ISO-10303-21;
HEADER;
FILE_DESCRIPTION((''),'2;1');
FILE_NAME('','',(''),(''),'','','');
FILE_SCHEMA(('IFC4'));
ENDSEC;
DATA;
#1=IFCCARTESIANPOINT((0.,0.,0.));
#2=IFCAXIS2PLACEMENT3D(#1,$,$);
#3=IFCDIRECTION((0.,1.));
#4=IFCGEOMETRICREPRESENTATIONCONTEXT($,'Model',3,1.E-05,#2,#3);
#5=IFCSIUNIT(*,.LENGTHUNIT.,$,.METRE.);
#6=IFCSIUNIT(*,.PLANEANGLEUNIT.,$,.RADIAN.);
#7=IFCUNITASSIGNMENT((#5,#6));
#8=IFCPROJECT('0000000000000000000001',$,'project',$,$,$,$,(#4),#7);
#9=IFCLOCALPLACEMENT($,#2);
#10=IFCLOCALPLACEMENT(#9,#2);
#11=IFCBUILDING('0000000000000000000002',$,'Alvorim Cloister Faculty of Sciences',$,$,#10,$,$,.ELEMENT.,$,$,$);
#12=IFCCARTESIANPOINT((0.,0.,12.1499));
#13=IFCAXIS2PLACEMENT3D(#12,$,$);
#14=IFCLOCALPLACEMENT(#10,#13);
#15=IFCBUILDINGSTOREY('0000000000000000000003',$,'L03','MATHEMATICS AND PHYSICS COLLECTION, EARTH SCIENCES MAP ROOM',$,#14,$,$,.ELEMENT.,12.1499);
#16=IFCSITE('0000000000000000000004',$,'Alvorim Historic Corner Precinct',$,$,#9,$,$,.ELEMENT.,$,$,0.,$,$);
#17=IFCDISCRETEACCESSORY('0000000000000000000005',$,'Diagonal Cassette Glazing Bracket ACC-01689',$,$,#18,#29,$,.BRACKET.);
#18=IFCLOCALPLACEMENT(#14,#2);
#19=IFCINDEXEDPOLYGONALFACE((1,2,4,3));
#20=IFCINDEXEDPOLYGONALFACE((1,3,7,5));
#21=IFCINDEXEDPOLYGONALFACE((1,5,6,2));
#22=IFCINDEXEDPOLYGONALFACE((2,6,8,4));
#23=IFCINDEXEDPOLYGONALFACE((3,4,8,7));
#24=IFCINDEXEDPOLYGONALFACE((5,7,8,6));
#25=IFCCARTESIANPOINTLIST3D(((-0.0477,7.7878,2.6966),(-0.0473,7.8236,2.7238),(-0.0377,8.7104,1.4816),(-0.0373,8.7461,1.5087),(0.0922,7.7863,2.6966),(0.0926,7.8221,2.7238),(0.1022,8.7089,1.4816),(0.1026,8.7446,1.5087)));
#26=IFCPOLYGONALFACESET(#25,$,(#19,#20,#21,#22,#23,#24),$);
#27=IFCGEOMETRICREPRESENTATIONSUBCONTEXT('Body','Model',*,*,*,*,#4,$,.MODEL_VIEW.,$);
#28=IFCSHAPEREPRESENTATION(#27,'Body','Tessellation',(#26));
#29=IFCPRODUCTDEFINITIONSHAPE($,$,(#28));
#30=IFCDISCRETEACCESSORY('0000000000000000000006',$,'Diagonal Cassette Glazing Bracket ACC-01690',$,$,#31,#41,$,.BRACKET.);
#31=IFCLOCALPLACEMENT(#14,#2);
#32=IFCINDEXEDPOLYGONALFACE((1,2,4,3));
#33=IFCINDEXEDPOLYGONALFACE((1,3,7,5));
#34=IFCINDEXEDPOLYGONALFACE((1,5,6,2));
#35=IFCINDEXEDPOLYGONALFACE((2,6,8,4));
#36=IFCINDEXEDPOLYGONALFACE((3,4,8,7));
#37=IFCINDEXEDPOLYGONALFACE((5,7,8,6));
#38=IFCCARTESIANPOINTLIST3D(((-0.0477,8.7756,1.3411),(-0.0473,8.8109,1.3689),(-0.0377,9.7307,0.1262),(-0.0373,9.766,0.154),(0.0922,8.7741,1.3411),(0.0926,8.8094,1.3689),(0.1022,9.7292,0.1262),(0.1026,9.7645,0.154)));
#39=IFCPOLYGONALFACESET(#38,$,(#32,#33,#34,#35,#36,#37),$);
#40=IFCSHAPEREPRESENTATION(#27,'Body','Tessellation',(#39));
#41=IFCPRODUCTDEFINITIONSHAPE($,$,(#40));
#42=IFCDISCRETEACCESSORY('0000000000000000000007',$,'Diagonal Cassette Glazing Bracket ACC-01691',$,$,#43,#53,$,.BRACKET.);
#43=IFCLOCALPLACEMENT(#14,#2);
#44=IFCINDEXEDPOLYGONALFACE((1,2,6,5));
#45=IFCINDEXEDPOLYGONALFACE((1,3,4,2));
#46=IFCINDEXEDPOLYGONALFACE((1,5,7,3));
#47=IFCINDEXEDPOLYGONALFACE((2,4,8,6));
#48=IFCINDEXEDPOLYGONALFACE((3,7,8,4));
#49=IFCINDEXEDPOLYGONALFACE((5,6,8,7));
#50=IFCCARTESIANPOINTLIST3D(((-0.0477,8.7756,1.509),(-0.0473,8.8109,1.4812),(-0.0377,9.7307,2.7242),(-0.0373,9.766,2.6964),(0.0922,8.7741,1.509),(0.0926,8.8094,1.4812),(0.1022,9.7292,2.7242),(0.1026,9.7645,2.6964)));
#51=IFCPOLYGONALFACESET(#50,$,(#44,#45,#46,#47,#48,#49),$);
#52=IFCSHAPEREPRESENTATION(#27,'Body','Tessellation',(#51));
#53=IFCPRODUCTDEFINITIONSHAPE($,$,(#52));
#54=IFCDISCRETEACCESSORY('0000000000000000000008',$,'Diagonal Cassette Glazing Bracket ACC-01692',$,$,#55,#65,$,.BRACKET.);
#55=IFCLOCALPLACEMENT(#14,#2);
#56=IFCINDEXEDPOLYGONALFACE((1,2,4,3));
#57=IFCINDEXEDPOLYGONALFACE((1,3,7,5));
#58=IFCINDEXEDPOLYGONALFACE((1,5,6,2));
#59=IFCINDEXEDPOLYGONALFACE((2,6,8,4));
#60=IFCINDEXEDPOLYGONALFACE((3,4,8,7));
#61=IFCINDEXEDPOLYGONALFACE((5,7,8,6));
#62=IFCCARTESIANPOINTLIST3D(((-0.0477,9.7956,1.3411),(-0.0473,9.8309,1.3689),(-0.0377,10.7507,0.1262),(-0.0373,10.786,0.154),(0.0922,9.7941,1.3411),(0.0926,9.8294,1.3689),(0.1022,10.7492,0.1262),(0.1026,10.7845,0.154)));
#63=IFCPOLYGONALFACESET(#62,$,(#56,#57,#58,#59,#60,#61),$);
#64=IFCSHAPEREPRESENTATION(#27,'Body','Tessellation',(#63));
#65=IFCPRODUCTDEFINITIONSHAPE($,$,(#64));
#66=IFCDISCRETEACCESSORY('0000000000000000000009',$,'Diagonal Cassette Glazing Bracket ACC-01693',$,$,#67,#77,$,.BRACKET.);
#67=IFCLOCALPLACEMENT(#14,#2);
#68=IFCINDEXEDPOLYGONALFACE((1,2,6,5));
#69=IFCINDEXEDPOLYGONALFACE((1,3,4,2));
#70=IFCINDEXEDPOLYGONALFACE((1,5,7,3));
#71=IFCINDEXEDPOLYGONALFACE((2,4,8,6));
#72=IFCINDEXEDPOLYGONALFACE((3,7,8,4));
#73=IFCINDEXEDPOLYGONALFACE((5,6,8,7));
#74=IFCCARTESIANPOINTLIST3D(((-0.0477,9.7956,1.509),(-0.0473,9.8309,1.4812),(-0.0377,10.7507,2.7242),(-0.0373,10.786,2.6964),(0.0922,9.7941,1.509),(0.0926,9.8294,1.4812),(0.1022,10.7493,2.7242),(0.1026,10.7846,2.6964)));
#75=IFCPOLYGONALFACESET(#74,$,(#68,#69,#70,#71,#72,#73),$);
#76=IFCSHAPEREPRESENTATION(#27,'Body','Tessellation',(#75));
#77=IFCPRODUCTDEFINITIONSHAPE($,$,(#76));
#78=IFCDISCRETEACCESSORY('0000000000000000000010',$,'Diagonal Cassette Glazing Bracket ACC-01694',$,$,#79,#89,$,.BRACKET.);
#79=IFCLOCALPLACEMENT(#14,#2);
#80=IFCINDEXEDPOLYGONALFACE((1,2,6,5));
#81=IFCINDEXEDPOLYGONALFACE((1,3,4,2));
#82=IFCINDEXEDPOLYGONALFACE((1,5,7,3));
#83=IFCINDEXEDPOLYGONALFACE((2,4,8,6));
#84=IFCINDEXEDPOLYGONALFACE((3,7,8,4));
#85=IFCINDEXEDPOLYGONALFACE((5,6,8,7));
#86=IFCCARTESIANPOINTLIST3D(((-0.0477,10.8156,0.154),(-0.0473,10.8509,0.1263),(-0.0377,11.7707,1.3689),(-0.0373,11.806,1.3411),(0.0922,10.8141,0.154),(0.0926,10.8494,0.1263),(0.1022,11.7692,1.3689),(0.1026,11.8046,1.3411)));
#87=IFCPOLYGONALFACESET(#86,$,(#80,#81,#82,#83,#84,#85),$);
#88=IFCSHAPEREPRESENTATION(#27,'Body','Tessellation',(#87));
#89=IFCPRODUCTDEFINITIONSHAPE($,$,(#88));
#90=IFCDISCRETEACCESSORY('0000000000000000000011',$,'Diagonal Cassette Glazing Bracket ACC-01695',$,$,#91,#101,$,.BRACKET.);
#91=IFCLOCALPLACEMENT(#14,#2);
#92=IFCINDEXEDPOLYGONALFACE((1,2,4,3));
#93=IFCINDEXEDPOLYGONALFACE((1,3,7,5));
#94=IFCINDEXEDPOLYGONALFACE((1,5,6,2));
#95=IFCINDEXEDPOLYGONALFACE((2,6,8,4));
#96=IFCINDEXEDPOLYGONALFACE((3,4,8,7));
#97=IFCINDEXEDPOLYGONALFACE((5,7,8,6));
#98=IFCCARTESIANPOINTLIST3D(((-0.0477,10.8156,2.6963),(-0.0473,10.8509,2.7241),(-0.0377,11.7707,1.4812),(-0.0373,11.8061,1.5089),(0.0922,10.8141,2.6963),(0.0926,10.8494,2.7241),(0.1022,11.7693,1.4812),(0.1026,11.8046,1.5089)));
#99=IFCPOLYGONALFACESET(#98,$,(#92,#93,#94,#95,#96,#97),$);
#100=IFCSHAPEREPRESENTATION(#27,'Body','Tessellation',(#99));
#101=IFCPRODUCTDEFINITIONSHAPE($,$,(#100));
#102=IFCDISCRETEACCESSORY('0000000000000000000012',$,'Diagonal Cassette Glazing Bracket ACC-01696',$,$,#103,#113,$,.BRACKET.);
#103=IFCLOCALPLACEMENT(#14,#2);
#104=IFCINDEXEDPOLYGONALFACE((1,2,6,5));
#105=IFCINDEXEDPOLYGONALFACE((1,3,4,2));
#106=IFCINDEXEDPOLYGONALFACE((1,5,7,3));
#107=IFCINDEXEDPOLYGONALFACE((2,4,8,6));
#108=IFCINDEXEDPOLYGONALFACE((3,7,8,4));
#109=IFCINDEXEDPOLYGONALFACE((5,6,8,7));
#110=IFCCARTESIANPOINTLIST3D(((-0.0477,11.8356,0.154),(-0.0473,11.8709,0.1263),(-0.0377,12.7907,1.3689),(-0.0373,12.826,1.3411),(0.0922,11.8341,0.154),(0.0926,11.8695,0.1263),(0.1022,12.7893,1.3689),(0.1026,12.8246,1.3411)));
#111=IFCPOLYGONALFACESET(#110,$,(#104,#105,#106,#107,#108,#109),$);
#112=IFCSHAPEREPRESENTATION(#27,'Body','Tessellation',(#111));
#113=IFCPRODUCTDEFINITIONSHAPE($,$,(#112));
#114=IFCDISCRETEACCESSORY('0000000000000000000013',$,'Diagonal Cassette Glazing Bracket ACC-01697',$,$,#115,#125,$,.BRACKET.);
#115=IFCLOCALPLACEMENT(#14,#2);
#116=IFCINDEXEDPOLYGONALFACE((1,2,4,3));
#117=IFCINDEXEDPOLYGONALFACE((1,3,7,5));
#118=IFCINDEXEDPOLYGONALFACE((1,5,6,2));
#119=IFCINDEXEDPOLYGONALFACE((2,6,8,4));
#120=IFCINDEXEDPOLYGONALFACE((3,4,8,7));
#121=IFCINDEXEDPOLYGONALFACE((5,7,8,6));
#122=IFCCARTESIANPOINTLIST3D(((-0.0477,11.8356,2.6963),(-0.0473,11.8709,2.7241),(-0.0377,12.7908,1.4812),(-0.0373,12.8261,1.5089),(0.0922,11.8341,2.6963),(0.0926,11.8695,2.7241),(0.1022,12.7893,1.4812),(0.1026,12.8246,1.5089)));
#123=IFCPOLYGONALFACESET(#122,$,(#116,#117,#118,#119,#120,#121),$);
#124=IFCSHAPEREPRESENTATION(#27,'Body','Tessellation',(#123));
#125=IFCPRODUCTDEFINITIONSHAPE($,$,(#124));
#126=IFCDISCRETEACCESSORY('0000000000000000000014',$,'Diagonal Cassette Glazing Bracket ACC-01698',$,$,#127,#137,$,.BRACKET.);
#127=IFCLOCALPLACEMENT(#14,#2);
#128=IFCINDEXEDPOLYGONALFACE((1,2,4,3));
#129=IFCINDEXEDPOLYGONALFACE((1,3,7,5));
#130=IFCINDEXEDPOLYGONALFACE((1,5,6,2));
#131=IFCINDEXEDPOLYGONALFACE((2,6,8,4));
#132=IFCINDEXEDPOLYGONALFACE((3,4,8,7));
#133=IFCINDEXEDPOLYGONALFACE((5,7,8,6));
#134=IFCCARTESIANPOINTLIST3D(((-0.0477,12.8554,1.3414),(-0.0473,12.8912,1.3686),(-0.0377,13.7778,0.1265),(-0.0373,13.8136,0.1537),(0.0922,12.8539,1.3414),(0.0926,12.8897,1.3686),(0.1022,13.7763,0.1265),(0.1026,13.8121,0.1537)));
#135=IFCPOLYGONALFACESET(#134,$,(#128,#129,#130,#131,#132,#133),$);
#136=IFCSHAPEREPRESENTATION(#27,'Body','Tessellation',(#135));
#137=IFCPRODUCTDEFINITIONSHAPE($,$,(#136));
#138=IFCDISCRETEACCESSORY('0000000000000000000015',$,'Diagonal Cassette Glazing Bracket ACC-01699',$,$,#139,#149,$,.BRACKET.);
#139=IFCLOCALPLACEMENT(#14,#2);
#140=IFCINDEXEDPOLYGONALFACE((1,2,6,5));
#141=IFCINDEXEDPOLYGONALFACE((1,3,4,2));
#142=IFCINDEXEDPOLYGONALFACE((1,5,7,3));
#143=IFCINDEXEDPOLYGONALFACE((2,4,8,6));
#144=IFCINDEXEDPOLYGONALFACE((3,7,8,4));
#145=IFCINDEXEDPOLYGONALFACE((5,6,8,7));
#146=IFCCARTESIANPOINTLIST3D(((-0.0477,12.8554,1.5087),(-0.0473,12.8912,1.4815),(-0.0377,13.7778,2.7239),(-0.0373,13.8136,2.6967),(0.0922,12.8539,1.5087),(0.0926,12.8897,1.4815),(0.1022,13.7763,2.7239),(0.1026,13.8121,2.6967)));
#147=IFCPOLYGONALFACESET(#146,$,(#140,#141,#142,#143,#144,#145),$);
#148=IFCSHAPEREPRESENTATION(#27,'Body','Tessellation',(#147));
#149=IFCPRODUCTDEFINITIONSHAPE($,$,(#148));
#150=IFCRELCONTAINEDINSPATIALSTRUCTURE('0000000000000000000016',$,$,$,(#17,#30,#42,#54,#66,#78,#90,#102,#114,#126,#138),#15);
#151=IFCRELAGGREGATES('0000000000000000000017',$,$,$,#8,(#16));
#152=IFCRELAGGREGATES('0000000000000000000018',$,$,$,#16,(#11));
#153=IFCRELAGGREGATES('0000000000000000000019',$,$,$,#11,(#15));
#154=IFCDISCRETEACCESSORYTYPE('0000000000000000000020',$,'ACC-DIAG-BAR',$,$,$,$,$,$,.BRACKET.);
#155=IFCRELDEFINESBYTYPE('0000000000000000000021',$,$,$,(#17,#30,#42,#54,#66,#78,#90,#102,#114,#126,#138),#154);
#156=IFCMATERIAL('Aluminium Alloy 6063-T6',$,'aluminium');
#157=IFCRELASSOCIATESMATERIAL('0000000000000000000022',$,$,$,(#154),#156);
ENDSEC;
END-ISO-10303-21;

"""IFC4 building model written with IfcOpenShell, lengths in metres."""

from ifc_helpers import new_model, si_unit, direction, frame, origin, origin_2d, place, context, subcontext, project, spatial, rectangle, extrude, material, type_object, element, save


model = new_model("IFC4")

# Units and contexts
model_context = context("Model", 3, precision=1e-05, world=origin(), true_north=direction((0.0, 1.0)))
body_context = subcontext(model_context, "Body", "Model", "MODEL_VIEW")
ifc_project = project(units=[si_unit("LENGTHUNIT", "METRE"), si_unit("PLANEANGLEUNIT", "RADIAN")], contexts=[model_context])

# Site, building, storey
site_placement = place(None, origin())
site = spatial("IfcSite", under=ifc_project, at=site_placement, Name="Alvorim Historic Corner Precinct", CompositionType="ELEMENT", RefElevation=0.0)
building_placement = place(site_placement, origin())
building = spatial("IfcBuilding", under=site, at=building_placement, Name="Alvorim Cloister Faculty of Sciences", CompositionType="ELEMENT")
storey_placement = place(building_placement, frame((0.0, 0.0, 12.1499)))
storey = spatial("IfcBuildingStorey", under=building, at=storey_placement, Name="L03", Description="MATHEMATICS AND PHYSICS COLLECTION, EARTH SCIENCES MAP ROOM", CompositionType="ELEMENT", Elevation=12.1499)

# Discrete accessories
ifc_material_1 = material(Name="Aluminium Alloy 6063-T6", Category="aluminium")
discrete_accessory_type = type_object("IfcDiscreteAccessoryType", Name="ACC-DIAG-BAR", PredefinedType="BRACKET", material=ifc_material_1)
discrete_accessory_1_placement = place(storey_placement, frame((0.0225, 7.8049, 2.7102), z_axis=(0.006561, 0.604713, -0.796416), x_axis=(-0.999941, 0.010849, 0.0)))
element("IfcDiscreteAccessory", 1, at=discrete_accessory_1_placement, inside=storey, type_object=discrete_accessory_type, Name="Diagonal Cassette Glazing Bracket ACC-01689", PredefinedType="BRACKET", context=body_context, shape_type="SweptSolid", body=[
    extrude(rectangle(XDim=0.1399, YDim=0.0449, at=origin_2d()), origin(), (0.0, 0.0, 1.0), 1.5256),
])
discrete_accessory_2_placement = place(storey_placement, frame((0.0225, 8.7925, 1.355), z_axis=(0.006477, 0.618032, -0.786126), x_axis=(-0.999945, 0.01048, 0.0)))
element("IfcDiscreteAccessory", 2, at=discrete_accessory_2_placement, inside=storey, type_object=discrete_accessory_type, Name="Diagonal Cassette Glazing Bracket ACC-01690", PredefinedType="BRACKET", context=body_context, shape_type="SweptSolid", body=[
    extrude(rectangle(XDim=0.1399, YDim=0.0449, at=origin_2d()), origin(), (0.0, 0.0, 1.0), 1.5454),
])
discrete_accessory_3_placement = place(storey_placement, frame((0.0225, 8.7925, 1.4951), z_axis=(0.006477, 0.617955, 0.786187), x_axis=(-0.999945, 0.01048, 0.0)))
element("IfcDiscreteAccessory", 3, at=discrete_accessory_3_placement, inside=storey, type_object=discrete_accessory_type, Name="Diagonal Cassette Glazing Bracket ACC-01691", PredefinedType="BRACKET", context=body_context, shape_type="SweptSolid", body=[
    extrude(rectangle(XDim=0.1399, YDim=0.0449, at=origin_2d()), origin(), (0.0, 0.0, 1.0), 1.5457),
])
discrete_accessory_4_placement = place(storey_placement, frame((0.0225, 9.8125, 1.355), z_axis=(0.006477, 0.618032, -0.786126), x_axis=(-0.999945, 0.01048, 0.0)))
element("IfcDiscreteAccessory", 4, at=discrete_accessory_4_placement, inside=storey, type_object=discrete_accessory_type, Name="Diagonal Cassette Glazing Bracket ACC-01692", PredefinedType="BRACKET", context=body_context, shape_type="SweptSolid", body=[
    extrude(rectangle(XDim=0.1399, YDim=0.0449, at=origin_2d()), origin(), (0.0, 0.0, 1.0), 1.5454),
])
discrete_accessory_5_placement = place(storey_placement, frame((0.0225, 9.8125, 1.4951), z_axis=(0.006477, 0.617955, 0.786187), x_axis=(-0.999945, 0.01048, 0.0)))
element("IfcDiscreteAccessory", 5, at=discrete_accessory_5_placement, inside=storey, type_object=discrete_accessory_type, Name="Diagonal Cassette Glazing Bracket ACC-01693", PredefinedType="BRACKET", context=body_context, shape_type="SweptSolid", body=[
    extrude(rectangle(XDim=0.1399, YDim=0.0449, at=origin_2d()), origin(), (0.0, 0.0, 1.0), 1.5457),
])
discrete_accessory_6_placement = place(storey_placement, frame((0.0225, 10.8325, 0.1401), z_axis=(0.006477, 0.618032, 0.786126), x_axis=(-0.999945, 0.01048, 0.0)))
element("IfcDiscreteAccessory", 6, at=discrete_accessory_6_placement, inside=storey, type_object=discrete_accessory_type, Name="Diagonal Cassette Glazing Bracket ACC-01694", PredefinedType="BRACKET", context=body_context, shape_type="SweptSolid", body=[
    extrude(rectangle(XDim=0.1399, YDim=0.0449, at=origin_2d()), origin(), (0.0, 0.0, 1.0), 1.5454),
])
discrete_accessory_7_placement = place(storey_placement, frame((0.0225, 10.8325, 2.7102), z_axis=(0.006477, 0.617955, -0.786187), x_axis=(-0.999945, 0.01048, 0.0)))
element("IfcDiscreteAccessory", 7, at=discrete_accessory_7_placement, inside=storey, type_object=discrete_accessory_type, Name="Diagonal Cassette Glazing Bracket ACC-01695", PredefinedType="BRACKET", context=body_context, shape_type="SweptSolid", body=[
    extrude(rectangle(XDim=0.1399, YDim=0.0449, at=origin_2d()), origin(), (0.0, 0.0, 1.0), 1.5457),
])
discrete_accessory_8_placement = place(storey_placement, frame((0.0225, 11.8525, 0.1401), z_axis=(0.006477, 0.618032, 0.786126), x_axis=(-0.999945, 0.01048, 0.0)))
element("IfcDiscreteAccessory", 8, at=discrete_accessory_8_placement, inside=storey, type_object=discrete_accessory_type, Name="Diagonal Cassette Glazing Bracket ACC-01696", PredefinedType="BRACKET", context=body_context, shape_type="SweptSolid", body=[
    extrude(rectangle(XDim=0.1399, YDim=0.0449, at=origin_2d()), origin(), (0.0, 0.0, 1.0), 1.5454),
])
discrete_accessory_9_placement = place(storey_placement, frame((0.0225, 11.8525, 2.7102), z_axis=(0.006477, 0.617955, -0.786187), x_axis=(-0.999945, 0.01048, 0.0)))
element("IfcDiscreteAccessory", 9, at=discrete_accessory_9_placement, inside=storey, type_object=discrete_accessory_type, Name="Diagonal Cassette Glazing Bracket ACC-01697", PredefinedType="BRACKET", context=body_context, shape_type="SweptSolid", body=[
    extrude(rectangle(XDim=0.1399, YDim=0.0449, at=origin_2d()), origin(), (0.0, 0.0, 1.0), 1.5457),
])
discrete_accessory_10_placement = place(storey_placement, frame((0.0225, 12.8726, 1.355), z_axis=(0.006562, 0.604689, -0.796435), x_axis=(-0.999941, 0.010852, 0.0)))
element("IfcDiscreteAccessory", 10, at=discrete_accessory_10_placement, inside=storey, type_object=discrete_accessory_type, Name="Diagonal Cassette Glazing Bracket ACC-01698", PredefinedType="BRACKET", context=body_context, shape_type="SweptSolid", body=[
    extrude(rectangle(XDim=0.1399, YDim=0.0449, at=origin_2d()), origin(), (0.0, 0.0, 1.0), 1.5254),
])
discrete_accessory_11_placement = place(storey_placement, frame((0.0225, 12.8726, 1.4951), z_axis=(0.006561, 0.604612, 0.796493), x_axis=(-0.999941, 0.010852, 0.0)))
element("IfcDiscreteAccessory", 11, at=discrete_accessory_11_placement, inside=storey, type_object=discrete_accessory_type, Name="Diagonal Cassette Glazing Bracket ACC-01699", PredefinedType="BRACKET", context=body_context, shape_type="SweptSolid", body=[
    extrude(rectangle(XDim=0.1399, YDim=0.0449, at=origin_2d()), origin(), (0.0, 0.0, 1.0), 1.5256),
])

save(model, "model.ifc")
